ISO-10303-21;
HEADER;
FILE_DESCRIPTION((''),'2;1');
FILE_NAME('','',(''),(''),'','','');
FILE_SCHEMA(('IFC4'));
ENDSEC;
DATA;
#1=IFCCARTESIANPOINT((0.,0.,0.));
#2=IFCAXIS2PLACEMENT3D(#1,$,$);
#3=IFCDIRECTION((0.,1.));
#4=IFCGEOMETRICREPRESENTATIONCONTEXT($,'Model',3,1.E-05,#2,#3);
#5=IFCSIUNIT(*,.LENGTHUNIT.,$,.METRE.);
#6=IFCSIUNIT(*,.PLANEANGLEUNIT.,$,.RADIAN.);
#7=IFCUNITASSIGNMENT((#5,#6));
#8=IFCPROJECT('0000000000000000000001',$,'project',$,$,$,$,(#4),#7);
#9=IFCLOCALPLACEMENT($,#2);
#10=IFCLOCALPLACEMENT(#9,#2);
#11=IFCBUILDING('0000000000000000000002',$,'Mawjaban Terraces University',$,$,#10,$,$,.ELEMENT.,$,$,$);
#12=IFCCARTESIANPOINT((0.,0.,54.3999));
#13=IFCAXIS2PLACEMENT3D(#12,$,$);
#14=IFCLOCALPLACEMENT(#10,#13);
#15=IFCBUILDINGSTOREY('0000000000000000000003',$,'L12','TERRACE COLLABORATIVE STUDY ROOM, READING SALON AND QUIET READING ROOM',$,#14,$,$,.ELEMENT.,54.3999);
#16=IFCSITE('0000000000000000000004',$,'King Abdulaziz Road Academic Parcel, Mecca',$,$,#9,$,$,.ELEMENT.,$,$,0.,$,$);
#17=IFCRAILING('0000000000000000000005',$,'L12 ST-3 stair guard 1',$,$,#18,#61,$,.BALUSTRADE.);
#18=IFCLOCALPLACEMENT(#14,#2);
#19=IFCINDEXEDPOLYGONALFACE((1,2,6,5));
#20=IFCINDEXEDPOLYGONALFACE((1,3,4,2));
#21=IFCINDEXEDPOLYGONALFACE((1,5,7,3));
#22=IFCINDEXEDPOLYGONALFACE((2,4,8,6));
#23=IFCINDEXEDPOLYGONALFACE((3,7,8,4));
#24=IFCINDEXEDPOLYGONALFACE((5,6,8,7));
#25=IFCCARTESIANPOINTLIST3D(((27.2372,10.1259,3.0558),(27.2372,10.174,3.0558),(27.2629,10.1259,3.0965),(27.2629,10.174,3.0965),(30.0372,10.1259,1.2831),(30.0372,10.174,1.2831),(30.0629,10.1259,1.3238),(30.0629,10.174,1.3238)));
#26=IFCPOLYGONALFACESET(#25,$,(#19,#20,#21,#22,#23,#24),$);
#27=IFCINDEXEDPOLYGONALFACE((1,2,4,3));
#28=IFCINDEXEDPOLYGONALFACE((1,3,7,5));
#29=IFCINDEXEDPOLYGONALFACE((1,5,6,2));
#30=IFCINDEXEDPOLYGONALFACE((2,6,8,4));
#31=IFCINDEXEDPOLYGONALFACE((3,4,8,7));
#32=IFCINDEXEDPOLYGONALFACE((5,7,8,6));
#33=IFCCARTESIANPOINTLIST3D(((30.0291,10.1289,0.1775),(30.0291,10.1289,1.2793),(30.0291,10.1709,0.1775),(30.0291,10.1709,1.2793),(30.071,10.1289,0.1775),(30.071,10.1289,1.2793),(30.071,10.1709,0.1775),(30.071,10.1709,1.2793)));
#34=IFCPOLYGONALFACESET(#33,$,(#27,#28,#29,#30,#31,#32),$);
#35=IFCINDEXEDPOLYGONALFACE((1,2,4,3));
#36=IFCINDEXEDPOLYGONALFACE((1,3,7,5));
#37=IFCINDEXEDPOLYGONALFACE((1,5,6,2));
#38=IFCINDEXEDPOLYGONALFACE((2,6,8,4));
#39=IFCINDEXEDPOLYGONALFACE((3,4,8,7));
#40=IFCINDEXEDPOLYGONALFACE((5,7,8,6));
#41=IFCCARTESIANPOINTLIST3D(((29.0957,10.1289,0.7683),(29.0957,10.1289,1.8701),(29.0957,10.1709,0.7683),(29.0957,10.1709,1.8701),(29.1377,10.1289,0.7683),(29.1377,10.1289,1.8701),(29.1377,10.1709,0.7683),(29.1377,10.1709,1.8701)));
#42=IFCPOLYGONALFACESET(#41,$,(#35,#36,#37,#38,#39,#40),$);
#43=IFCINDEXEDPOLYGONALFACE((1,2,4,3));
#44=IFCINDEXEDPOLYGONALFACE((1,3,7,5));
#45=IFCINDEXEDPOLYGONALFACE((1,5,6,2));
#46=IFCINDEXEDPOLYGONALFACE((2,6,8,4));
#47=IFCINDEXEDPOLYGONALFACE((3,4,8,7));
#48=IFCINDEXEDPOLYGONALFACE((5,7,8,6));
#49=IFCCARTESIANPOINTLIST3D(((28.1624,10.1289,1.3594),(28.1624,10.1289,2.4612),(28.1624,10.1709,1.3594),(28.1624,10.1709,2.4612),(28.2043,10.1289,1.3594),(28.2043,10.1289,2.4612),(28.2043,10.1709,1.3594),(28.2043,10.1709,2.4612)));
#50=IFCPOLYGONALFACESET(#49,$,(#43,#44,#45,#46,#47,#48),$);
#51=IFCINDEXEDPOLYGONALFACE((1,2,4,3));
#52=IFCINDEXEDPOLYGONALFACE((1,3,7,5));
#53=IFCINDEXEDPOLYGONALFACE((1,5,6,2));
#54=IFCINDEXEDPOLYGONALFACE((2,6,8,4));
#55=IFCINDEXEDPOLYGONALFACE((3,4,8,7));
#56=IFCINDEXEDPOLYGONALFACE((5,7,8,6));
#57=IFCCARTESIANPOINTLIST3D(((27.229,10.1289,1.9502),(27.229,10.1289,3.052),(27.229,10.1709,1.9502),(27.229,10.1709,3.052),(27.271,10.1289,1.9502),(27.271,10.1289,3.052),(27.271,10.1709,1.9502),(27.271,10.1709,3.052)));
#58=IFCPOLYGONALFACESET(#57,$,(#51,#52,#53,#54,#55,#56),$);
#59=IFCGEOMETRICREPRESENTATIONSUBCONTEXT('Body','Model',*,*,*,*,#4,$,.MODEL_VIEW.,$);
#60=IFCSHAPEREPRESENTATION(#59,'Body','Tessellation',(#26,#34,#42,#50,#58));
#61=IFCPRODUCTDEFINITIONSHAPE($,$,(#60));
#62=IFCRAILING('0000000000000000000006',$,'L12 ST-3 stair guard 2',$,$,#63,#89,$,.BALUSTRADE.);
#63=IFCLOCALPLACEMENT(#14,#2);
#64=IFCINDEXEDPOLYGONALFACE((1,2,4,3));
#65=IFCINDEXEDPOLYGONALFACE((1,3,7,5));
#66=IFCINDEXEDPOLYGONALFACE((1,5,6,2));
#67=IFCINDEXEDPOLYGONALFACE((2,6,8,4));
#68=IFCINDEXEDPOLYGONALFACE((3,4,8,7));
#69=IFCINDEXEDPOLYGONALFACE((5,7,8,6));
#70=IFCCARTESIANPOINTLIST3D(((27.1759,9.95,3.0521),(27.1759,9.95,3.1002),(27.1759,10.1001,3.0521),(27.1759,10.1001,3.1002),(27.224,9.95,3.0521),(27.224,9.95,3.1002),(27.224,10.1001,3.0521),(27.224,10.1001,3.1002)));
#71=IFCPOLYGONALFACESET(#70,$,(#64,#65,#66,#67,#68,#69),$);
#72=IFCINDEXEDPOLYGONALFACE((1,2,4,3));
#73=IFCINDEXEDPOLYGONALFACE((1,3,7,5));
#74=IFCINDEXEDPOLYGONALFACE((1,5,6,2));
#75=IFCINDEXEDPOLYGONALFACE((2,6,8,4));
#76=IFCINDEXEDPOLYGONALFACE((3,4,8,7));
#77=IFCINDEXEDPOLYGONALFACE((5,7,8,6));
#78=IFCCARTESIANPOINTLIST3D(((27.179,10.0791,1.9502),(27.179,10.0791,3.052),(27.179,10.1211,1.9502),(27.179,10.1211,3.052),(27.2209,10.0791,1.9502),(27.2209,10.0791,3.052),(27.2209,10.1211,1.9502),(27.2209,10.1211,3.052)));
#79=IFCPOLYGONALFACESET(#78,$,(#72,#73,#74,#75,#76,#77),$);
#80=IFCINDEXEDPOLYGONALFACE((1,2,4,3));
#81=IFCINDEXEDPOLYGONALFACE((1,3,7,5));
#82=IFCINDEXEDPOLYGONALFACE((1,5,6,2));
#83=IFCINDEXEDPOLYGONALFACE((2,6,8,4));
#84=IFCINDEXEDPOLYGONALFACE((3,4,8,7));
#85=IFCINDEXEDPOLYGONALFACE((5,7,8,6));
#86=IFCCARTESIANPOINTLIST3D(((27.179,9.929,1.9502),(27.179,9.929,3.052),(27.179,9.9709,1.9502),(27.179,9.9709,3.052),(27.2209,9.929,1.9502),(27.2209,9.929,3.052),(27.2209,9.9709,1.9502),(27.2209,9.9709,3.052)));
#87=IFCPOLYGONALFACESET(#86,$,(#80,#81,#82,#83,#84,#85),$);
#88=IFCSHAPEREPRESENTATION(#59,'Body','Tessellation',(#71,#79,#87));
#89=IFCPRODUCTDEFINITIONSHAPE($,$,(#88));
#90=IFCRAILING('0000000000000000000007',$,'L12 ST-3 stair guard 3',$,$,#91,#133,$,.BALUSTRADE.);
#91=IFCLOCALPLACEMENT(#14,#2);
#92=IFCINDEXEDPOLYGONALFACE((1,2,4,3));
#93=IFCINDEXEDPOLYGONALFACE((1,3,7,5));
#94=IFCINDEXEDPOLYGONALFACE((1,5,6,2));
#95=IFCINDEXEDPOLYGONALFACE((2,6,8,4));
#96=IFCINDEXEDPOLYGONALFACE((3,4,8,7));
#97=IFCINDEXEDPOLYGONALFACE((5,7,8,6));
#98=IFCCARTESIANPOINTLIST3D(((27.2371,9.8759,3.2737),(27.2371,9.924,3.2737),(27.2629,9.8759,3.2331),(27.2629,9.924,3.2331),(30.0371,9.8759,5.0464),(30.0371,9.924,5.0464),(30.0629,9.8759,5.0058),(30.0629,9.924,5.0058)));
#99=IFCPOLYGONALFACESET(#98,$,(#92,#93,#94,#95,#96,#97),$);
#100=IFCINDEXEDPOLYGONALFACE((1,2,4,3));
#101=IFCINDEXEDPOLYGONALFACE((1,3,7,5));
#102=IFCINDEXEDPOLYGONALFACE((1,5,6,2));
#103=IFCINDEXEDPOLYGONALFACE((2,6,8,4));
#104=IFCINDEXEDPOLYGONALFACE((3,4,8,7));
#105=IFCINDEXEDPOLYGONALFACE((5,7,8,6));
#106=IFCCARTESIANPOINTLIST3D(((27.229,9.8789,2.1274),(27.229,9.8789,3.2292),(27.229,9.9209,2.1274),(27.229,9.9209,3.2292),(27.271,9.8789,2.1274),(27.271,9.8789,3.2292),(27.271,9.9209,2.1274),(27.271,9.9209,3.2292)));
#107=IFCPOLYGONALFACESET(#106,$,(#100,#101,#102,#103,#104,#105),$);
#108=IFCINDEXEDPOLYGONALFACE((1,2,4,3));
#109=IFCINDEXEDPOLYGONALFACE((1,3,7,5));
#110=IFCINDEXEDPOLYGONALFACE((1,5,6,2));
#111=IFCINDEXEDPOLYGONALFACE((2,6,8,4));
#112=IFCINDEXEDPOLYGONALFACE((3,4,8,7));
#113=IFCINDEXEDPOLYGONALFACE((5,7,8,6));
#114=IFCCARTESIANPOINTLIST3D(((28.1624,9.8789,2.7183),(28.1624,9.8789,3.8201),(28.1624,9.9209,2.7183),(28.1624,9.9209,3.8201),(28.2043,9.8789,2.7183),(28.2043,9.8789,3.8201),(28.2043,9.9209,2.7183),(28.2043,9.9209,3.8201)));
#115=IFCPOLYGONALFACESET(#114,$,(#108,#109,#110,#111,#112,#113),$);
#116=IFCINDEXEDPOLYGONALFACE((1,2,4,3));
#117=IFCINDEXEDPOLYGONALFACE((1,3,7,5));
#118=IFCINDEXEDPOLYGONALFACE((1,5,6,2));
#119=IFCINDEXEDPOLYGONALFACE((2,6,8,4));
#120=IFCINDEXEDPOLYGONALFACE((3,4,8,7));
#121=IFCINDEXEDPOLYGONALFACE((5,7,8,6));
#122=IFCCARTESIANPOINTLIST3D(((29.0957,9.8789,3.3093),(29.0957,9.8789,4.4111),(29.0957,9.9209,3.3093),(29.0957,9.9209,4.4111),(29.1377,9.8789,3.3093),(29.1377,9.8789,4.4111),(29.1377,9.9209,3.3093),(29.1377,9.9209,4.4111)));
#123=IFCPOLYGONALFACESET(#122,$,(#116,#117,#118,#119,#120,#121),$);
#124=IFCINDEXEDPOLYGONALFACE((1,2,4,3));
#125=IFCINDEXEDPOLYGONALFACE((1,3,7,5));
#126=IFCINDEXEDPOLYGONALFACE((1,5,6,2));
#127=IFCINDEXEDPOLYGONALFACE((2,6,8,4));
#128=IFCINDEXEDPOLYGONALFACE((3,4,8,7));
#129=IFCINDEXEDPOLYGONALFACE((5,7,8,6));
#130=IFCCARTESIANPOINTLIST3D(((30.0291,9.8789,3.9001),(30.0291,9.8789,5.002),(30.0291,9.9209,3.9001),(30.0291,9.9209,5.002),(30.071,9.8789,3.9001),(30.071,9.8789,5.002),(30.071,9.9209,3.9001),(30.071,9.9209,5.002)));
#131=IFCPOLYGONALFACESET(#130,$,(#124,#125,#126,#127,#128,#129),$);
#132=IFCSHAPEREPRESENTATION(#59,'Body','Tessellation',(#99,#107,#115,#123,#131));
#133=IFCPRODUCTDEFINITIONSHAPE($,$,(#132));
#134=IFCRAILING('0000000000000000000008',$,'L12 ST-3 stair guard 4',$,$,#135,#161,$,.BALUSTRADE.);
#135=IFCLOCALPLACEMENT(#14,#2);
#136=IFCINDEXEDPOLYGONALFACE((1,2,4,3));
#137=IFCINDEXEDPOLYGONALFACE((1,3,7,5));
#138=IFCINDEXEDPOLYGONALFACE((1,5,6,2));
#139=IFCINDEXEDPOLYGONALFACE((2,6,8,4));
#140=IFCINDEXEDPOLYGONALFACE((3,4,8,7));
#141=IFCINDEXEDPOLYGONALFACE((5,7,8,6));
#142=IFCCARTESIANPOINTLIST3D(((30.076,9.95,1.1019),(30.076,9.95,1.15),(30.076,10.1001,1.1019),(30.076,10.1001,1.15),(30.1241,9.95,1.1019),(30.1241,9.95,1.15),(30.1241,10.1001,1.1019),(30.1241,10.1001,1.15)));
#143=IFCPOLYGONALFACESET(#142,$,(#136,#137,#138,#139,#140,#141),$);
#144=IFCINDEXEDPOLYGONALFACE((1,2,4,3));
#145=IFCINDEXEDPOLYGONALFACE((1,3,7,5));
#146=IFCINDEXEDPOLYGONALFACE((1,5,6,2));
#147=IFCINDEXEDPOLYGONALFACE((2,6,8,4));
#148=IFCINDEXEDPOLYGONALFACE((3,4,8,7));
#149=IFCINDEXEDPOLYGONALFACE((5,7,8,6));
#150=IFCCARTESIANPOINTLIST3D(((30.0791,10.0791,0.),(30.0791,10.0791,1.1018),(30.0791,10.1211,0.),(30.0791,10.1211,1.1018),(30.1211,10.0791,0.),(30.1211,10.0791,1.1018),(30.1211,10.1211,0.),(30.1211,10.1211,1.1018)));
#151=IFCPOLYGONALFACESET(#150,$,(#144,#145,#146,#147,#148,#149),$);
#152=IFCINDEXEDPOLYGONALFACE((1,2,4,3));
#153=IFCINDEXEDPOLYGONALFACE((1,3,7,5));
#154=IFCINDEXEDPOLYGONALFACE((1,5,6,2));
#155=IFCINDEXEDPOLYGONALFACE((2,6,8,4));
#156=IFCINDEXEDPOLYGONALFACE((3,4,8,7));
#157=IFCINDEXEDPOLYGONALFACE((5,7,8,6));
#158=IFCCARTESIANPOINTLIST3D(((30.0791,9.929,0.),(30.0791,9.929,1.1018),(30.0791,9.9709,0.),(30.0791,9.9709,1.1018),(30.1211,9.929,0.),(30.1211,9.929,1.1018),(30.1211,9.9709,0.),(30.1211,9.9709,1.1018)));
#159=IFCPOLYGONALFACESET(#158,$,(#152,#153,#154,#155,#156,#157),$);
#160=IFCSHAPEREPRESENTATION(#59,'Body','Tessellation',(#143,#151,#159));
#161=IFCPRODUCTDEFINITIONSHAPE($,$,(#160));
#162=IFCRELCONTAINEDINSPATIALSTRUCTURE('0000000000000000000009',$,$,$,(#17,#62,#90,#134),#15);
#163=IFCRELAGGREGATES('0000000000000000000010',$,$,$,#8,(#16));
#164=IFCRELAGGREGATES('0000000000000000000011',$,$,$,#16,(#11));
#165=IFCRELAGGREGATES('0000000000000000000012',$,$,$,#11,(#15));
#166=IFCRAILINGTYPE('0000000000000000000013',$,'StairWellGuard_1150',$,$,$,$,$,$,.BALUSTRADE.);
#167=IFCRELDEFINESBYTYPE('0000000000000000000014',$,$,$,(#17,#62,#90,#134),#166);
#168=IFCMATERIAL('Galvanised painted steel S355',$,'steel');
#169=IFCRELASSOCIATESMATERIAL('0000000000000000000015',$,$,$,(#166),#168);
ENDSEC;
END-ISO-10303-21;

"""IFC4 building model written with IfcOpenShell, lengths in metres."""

from ifc_helpers import new_model, si_unit, direction, frame, origin, origin_2d, place, context, subcontext, project, spatial, rectangle, extrude, material, type_object, element, save


model = new_model("IFC4")

# Units and contexts
model_context = context("Model", 3, precision=1e-05, world=origin(), true_north=direction((0.0, 1.0)))
body_context = subcontext(model_context, "Body", "Model", "MODEL_VIEW")
ifc_project = project(units=[si_unit("LENGTHUNIT", "METRE"), si_unit("PLANEANGLEUNIT", "RADIAN")], contexts=[model_context])

# Site, building, storey
site_placement = place(None, origin())
site = spatial("IfcSite", under=ifc_project, at=site_placement, Name="King Abdulaziz Road Academic Parcel, Mecca", CompositionType="ELEMENT", RefElevation=0.0)
building_placement = place(site_placement, origin())
building = spatial("IfcBuilding", under=site, at=building_placement, Name="Mawjaban Terraces University", CompositionType="ELEMENT")
storey_placement = place(building_placement, frame((0.0, 0.0, 54.3999)))
storey = spatial("IfcBuildingStorey", under=building, at=storey_placement, Name="L12", Description="TERRACE COLLABORATIVE STUDY ROOM, READING SALON AND QUIET READING ROOM", CompositionType="ELEMENT", Elevation=54.3999)

# Railings
ifc_material_1 = material(Name="Galvanised painted steel S355", Category="steel")
railing_type_1 = type_object("IfcRailingType", Name="StairWellGuard_1150", PredefinedType="BALUSTRADE", material=ifc_material_1)
railing_1_placement = place(storey_placement, frame((30.05, 10.1499, 0.1775)))
element("IfcRailing", 1, at=railing_1_placement, inside=storey, type_object=railing_type_1, Name="L12 ST-3 stair guard 1", PredefinedType="BALUSTRADE", context=body_context, shape_type="SweptSolid", body=[
    extrude(rectangle(XDim=0.0481, YDim=0.0481, at=origin_2d()), frame((0.0, 0.0, 1.126), z_axis=(-0.844909, 0.0, 0.53491), x_axis=(0.0, -1.0, 0.0)), (0.0, 0.0, 1.0), 3.314),
    extrude(rectangle(XDim=0.042, YDim=0.042, at=origin_2d()), origin(), (0.0, 0.0, 1.0), 1.1018),
    extrude(rectangle(XDim=0.042, YDim=0.042, at=origin_2d()), frame((-0.9333, 0.0, 0.5908)), (0.0, 0.0, 1.0), 1.1018),
    extrude(rectangle(XDim=0.042, YDim=0.042, at=origin_2d()), frame((-1.8667, 0.0, 1.1819)), (0.0, 0.0, 1.0), 1.1018),
    extrude(rectangle(XDim=0.042, YDim=0.042, at=origin_2d()), frame((-2.8, 0.0, 1.7727)), (0.0, 0.0, 1.0), 1.1018),
])
railing_2_placement = place(storey_placement, frame((27.2, 10.1001, 1.9502)))
element("IfcRailing", 2, at=railing_2_placement, inside=storey, type_object=railing_type_1, Name="L12 ST-3 stair guard 2", PredefinedType="BALUSTRADE", context=body_context, shape_type="SweptSolid", body=[
    extrude(rectangle(XDim=0.0481, YDim=0.0481, at=origin_2d()), frame((0.0, 0.0, 1.126), z_axis=(0.0, -1.0, 0.0), x_axis=(1.0, 0.0, 0.0)), (0.0, 0.0, 1.0), 0.1501),
    extrude(rectangle(XDim=0.042, YDim=0.042, at=origin_2d()), origin(), (0.0, 0.0, 1.0), 1.1018),
    extrude(rectangle(XDim=0.042, YDim=0.042, at=origin_2d()), frame((0.0, -0.1501, 0.0)), (0.0, 0.0, 1.0), 1.1018),
])
railing_3_placement = place(storey_placement, frame((27.25, 9.8999, 2.1274)))
element("IfcRailing", 3, at=railing_3_placement, inside=storey, type_object=railing_type_1, Name="L12 ST-3 stair guard 3", PredefinedType="BALUSTRADE", context=body_context, shape_type="SweptSolid", body=[
    extrude(rectangle(XDim=0.0481, YDim=0.0481, at=origin_2d()), frame((0.0, 0.0, 1.126), z_axis=(0.844909, 0.0, 0.53491), x_axis=(0.0, 1.0, 0.0)), (0.0, 0.0, 1.0), 3.314),
    extrude(rectangle(XDim=0.042, YDim=0.042, at=origin_2d()), origin(), (0.0, 0.0, 1.0), 1.1018),
    extrude(rectangle(XDim=0.042, YDim=0.042, at=origin_2d()), frame((0.9333, 0.0, 0.5908)), (0.0, 0.0, 1.0), 1.1018),
    extrude(rectangle(XDim=0.042, YDim=0.042, at=origin_2d()), frame((1.8667, 0.0, 1.1819)), (0.0, 0.0, 1.0), 1.1018),
    extrude(rectangle(XDim=0.042, YDim=0.042, at=origin_2d()), frame((2.8, 0.0, 1.7727)), (0.0, 0.0, 1.0), 1.1018),
])
railing_4_placement = place(storey_placement, frame((30.1001, 10.1001, 0.0)))
element("IfcRailing", 4, at=railing_4_placement, inside=storey, type_object=railing_type_1, Name="L12 ST-3 stair guard 4", PredefinedType="BALUSTRADE", context=body_context, shape_type="SweptSolid", body=[
    extrude(rectangle(XDim=0.0481, YDim=0.0481, at=origin_2d()), frame((0.0, 0.0, 1.126), z_axis=(0.0, -1.0, 0.0), x_axis=(1.0, 0.0, 0.0)), (0.0, 0.0, 1.0), 0.1501),
    extrude(rectangle(XDim=0.042, YDim=0.042, at=origin_2d()), origin(), (0.0, 0.0, 1.0), 1.1018),
    extrude(rectangle(XDim=0.042, YDim=0.042, at=origin_2d()), frame((0.0, -0.1501, 0.0)), (0.0, 0.0, 1.0), 1.1018),
])

save(model, "model.ifc")
